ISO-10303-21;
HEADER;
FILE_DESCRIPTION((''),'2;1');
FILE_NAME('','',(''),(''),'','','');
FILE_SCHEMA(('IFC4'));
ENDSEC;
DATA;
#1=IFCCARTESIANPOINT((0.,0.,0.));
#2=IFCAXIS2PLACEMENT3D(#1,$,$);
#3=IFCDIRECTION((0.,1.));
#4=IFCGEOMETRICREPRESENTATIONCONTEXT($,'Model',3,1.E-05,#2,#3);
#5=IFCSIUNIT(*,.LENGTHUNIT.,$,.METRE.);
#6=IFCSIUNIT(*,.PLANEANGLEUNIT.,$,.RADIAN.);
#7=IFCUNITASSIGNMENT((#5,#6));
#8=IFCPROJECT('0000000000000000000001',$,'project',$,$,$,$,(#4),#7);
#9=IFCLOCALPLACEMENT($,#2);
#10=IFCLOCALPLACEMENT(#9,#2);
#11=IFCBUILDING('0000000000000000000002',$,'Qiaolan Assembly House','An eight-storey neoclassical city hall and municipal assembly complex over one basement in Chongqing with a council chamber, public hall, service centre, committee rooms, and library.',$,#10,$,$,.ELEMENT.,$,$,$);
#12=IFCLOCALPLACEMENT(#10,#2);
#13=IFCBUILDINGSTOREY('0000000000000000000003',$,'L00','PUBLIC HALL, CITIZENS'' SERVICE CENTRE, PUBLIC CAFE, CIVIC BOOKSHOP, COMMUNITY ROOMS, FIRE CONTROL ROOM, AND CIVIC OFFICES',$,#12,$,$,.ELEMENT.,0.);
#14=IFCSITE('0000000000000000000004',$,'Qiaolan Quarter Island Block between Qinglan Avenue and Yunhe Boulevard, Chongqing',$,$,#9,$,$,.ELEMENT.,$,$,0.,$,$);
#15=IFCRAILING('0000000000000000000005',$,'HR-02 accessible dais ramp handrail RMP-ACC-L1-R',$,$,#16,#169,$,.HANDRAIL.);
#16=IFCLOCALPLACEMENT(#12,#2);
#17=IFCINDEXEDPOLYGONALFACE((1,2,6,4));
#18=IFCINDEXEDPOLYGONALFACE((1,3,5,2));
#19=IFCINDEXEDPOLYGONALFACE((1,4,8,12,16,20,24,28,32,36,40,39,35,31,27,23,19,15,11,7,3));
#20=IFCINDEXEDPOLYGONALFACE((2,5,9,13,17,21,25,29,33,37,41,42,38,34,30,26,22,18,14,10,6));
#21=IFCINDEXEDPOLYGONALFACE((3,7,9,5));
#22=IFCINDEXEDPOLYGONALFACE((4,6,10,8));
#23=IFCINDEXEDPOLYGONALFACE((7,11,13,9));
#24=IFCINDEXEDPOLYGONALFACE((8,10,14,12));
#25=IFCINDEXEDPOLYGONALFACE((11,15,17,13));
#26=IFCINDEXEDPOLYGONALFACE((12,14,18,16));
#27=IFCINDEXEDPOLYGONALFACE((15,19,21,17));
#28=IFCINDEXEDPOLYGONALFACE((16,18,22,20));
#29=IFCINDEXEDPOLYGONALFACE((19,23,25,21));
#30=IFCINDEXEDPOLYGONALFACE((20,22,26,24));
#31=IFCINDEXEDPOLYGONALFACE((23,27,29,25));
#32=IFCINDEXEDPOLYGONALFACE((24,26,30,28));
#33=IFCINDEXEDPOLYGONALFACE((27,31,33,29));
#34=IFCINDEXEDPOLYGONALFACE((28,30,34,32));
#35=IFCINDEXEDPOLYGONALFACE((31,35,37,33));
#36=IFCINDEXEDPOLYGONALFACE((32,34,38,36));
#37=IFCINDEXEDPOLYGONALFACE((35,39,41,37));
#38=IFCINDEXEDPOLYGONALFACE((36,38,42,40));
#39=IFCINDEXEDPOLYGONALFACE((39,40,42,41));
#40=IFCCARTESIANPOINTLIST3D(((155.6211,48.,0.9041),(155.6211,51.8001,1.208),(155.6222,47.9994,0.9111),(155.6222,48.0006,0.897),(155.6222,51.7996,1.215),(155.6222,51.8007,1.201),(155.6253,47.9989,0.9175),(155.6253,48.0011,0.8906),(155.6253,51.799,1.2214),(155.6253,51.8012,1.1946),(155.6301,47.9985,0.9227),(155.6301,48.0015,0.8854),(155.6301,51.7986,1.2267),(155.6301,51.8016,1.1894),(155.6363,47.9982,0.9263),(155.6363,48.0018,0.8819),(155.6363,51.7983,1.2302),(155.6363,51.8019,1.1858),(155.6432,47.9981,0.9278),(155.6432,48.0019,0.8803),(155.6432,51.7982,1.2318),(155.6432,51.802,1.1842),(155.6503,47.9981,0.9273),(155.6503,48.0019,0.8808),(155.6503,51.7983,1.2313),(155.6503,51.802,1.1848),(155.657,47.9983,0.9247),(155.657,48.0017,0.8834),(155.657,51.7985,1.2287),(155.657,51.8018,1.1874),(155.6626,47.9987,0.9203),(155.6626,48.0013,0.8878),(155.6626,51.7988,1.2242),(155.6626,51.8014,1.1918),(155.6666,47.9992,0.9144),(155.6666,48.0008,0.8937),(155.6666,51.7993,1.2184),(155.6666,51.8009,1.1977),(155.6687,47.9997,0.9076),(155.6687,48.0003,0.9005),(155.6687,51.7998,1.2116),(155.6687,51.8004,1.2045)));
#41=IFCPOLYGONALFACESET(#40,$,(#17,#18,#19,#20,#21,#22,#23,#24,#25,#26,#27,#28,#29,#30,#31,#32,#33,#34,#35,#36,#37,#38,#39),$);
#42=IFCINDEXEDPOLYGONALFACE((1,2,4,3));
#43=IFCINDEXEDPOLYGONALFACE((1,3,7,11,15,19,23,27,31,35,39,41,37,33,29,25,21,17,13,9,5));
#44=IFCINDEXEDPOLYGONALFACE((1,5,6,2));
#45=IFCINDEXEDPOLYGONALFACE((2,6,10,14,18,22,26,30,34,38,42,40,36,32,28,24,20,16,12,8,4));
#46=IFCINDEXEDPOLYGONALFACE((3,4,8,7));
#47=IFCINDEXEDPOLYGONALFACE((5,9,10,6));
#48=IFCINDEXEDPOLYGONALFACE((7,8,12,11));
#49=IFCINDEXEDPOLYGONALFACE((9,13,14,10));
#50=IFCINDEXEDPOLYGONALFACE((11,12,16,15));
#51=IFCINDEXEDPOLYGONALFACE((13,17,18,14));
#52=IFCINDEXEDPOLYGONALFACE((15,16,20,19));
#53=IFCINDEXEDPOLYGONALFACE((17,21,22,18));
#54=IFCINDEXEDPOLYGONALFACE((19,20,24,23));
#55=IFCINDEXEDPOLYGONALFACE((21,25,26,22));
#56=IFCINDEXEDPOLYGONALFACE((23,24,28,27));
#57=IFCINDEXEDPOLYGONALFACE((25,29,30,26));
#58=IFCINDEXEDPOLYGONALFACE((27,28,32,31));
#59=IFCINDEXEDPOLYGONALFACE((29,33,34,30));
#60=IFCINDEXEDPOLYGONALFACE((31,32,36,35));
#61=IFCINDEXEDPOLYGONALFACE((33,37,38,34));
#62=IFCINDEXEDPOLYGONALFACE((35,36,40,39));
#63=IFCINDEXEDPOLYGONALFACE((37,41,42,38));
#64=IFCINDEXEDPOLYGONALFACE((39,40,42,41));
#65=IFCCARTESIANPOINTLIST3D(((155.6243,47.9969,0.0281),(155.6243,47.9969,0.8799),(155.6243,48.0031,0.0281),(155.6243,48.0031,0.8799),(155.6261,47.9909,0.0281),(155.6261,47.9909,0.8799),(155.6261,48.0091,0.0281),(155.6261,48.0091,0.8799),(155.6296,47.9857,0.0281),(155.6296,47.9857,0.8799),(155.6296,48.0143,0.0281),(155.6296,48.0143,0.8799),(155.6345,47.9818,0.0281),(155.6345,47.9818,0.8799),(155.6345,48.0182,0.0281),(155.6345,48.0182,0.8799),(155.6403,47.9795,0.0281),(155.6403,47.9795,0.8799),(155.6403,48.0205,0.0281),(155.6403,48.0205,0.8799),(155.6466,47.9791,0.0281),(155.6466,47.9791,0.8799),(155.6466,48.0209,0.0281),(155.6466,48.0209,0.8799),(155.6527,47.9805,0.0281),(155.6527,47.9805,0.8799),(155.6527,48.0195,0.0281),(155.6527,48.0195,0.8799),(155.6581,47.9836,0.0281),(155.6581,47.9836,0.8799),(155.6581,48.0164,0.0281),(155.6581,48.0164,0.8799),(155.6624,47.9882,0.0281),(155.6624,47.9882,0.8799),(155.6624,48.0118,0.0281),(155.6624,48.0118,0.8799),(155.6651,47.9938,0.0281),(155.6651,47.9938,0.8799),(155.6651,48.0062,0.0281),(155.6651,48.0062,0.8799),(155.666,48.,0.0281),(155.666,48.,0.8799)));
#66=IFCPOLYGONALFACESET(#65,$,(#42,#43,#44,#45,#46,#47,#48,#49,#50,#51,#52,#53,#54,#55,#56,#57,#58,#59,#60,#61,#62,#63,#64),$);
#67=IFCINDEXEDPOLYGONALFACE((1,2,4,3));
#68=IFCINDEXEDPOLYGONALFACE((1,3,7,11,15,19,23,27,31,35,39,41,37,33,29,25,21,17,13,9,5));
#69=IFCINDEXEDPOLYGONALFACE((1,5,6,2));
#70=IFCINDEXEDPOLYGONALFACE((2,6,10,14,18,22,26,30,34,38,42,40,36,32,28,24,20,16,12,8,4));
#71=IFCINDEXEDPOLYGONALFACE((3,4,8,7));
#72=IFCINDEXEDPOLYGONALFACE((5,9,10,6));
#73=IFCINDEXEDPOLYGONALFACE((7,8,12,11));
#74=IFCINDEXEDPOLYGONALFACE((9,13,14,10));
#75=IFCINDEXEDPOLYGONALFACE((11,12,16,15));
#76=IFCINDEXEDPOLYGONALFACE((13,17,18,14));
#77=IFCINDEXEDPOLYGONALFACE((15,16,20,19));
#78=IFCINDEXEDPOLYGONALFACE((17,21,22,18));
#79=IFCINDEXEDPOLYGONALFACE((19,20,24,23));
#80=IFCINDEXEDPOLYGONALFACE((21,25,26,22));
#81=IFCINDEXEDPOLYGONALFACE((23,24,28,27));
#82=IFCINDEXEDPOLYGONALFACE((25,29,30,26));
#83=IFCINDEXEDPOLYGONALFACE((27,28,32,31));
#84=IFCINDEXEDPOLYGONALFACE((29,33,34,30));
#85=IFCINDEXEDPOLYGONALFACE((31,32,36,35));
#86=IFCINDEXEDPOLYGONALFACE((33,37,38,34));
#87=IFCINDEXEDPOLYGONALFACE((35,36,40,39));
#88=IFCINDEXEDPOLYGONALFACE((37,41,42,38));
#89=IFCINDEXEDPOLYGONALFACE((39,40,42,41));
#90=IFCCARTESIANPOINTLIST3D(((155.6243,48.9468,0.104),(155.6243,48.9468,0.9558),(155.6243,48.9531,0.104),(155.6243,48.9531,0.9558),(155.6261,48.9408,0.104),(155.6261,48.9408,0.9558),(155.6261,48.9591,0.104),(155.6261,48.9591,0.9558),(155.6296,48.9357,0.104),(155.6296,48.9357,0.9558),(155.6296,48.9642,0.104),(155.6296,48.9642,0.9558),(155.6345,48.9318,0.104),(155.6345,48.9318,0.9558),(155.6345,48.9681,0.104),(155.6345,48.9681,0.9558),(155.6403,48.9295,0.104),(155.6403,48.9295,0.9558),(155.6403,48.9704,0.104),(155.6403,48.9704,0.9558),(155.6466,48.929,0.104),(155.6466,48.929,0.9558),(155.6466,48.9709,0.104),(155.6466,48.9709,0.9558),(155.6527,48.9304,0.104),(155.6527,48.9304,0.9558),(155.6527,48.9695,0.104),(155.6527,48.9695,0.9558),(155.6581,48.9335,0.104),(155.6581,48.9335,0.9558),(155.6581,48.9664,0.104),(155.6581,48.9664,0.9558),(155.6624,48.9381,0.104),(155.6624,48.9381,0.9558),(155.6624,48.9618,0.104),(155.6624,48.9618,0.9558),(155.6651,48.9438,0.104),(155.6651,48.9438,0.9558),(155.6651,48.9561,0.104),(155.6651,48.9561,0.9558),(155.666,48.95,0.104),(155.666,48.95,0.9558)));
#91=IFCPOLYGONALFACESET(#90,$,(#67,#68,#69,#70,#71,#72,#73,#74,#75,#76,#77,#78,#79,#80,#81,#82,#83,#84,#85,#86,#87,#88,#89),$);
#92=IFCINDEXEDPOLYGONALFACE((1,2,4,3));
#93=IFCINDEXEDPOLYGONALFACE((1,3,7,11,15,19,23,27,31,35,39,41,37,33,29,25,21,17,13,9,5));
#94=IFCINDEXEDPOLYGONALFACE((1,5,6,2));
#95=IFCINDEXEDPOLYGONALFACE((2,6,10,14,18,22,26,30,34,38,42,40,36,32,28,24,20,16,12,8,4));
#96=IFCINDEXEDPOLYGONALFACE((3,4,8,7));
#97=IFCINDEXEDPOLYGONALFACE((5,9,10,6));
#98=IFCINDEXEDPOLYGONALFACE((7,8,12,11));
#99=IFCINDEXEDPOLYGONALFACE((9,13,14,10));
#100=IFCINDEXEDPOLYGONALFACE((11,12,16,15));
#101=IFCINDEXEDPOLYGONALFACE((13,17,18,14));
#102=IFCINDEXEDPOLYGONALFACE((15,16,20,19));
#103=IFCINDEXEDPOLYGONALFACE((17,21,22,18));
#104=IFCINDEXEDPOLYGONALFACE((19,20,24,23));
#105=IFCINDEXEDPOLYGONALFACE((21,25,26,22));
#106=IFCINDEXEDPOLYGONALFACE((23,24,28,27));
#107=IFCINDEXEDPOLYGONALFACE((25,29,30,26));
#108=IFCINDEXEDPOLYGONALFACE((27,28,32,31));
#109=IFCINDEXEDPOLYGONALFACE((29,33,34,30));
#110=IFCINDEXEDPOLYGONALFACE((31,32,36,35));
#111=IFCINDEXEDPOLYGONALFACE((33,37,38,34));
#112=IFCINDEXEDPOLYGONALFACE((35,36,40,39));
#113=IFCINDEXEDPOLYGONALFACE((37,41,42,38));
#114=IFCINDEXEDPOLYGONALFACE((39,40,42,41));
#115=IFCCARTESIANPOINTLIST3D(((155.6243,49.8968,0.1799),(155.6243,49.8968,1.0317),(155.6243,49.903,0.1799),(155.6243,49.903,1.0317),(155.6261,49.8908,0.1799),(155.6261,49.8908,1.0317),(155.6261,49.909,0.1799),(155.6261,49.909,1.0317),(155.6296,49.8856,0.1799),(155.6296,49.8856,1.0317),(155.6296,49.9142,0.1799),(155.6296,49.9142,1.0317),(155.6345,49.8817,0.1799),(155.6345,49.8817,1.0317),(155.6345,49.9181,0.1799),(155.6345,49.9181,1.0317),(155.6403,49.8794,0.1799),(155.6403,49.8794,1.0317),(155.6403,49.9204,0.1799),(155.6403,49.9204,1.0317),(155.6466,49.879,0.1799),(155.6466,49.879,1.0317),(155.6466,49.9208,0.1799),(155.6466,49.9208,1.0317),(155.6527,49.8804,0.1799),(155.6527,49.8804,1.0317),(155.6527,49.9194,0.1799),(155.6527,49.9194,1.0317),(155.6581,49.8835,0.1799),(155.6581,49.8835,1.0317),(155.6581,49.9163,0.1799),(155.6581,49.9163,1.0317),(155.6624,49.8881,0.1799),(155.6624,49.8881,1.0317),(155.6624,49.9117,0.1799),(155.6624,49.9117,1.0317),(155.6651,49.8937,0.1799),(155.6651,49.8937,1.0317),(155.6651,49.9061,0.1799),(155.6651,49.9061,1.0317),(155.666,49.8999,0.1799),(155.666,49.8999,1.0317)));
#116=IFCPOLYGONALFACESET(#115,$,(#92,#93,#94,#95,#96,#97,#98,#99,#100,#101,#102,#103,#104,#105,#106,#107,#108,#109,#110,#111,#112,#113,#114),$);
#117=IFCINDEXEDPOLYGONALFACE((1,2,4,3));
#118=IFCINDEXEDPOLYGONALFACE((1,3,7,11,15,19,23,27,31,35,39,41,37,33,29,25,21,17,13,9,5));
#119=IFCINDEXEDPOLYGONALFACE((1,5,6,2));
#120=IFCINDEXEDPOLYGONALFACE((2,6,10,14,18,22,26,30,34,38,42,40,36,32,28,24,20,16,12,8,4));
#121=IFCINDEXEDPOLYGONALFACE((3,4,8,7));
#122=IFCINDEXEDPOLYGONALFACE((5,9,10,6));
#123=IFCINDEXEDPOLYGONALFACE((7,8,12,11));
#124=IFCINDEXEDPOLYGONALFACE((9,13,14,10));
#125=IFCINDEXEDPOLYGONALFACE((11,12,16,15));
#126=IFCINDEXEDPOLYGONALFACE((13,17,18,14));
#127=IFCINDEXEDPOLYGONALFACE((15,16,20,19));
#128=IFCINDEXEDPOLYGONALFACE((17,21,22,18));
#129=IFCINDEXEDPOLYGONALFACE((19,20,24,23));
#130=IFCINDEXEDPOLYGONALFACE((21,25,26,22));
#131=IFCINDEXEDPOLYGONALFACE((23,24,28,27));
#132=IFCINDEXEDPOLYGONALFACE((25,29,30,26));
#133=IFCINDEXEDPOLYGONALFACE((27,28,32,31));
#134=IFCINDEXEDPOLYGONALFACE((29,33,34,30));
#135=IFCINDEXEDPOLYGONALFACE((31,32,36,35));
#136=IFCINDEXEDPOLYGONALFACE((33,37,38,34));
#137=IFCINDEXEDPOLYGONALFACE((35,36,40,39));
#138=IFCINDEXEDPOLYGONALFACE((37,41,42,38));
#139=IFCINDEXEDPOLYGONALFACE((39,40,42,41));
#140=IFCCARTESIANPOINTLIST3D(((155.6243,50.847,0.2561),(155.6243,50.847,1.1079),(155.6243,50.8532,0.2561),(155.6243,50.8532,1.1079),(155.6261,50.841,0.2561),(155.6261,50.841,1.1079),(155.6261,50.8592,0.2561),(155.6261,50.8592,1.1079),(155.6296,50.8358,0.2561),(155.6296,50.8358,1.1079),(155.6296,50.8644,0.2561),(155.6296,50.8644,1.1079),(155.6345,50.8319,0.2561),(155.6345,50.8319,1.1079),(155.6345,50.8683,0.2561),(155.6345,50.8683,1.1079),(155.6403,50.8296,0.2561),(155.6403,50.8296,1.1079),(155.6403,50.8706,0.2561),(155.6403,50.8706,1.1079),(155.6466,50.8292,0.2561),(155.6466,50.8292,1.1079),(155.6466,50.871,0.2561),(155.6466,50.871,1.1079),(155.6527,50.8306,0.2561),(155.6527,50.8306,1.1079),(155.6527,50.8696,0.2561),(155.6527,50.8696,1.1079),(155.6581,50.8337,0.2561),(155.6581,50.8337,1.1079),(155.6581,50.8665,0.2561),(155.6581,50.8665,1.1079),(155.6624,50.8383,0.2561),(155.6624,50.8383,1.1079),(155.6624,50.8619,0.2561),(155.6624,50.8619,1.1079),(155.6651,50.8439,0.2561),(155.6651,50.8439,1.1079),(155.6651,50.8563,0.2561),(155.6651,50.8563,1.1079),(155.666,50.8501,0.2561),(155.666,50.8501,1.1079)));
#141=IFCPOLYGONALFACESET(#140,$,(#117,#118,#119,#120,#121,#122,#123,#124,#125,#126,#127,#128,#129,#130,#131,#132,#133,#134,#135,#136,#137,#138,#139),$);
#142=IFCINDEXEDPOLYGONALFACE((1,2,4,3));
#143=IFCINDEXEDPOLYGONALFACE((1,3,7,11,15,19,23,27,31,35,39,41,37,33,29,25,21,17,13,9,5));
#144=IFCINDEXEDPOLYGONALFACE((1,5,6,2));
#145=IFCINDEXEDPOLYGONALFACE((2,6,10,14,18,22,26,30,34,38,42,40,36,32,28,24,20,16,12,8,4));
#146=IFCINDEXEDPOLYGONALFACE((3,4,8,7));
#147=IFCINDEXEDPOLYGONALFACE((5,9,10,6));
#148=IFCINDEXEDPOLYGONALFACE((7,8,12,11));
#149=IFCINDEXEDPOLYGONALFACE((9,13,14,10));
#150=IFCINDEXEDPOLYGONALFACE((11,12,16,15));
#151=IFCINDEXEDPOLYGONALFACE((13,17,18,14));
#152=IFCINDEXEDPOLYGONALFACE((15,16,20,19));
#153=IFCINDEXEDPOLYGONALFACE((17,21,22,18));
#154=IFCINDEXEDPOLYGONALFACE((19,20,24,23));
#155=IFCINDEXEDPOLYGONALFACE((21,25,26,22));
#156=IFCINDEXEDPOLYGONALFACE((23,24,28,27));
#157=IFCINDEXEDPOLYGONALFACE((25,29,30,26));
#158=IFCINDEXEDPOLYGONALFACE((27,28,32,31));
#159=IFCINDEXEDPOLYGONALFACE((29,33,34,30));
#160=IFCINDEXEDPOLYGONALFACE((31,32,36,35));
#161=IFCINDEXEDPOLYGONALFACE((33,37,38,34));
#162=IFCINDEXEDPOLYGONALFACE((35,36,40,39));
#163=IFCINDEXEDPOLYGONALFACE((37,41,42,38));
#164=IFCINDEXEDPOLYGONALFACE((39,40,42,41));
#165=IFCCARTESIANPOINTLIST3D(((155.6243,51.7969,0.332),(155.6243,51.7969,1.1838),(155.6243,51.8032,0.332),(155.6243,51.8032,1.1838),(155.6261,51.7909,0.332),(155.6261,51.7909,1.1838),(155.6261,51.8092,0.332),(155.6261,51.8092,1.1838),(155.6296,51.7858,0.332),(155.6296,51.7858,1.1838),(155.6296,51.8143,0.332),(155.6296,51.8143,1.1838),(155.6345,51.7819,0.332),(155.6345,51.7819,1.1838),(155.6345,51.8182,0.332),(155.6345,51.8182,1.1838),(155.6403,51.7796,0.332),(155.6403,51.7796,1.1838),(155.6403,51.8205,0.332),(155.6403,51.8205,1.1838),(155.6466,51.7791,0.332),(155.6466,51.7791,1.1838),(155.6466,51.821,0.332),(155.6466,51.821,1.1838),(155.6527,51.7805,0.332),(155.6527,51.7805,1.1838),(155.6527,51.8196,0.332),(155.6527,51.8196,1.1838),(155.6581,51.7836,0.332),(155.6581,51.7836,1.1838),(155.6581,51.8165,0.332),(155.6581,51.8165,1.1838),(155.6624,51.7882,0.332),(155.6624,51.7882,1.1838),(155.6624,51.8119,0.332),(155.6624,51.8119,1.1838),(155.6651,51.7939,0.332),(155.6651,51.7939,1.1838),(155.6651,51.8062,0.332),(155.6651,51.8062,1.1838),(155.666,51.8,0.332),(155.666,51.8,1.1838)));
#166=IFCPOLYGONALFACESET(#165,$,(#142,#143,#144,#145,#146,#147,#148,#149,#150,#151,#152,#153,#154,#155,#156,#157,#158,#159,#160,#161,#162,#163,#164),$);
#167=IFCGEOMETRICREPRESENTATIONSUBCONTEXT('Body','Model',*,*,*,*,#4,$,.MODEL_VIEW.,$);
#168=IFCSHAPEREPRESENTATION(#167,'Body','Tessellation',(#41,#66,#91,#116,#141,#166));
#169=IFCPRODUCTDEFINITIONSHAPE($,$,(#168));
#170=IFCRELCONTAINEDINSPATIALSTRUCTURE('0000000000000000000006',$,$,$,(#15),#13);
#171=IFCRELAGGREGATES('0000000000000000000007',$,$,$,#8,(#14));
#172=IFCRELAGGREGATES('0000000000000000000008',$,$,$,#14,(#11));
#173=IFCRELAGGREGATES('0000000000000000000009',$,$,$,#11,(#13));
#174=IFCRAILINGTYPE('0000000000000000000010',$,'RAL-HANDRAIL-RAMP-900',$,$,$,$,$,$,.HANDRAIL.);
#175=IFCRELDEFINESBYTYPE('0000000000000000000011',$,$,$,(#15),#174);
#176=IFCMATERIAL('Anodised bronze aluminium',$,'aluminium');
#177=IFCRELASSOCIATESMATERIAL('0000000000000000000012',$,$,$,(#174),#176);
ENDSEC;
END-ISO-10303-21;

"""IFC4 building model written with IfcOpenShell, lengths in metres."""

from ifc_helpers import new_model, si_unit, direction, frame, origin, origin_2d, place, context, subcontext, project, spatial, circle, extrude, material, type_object, element, save


model = new_model("IFC4")

# Units and contexts
model_context = context("Model", 3, precision=1e-05, world=origin(), true_north=direction((0.0, 1.0)))
body_context = subcontext(model_context, "Body", "Model", "MODEL_VIEW")
ifc_project = project(units=[si_unit("LENGTHUNIT", "METRE"), si_unit("PLANEANGLEUNIT", "RADIAN")], contexts=[model_context])

# Site, building, storey
site_placement = place(None, origin())
site = spatial("IfcSite", under=ifc_project, at=site_placement, Name="Qiaolan Quarter Island Block between Qinglan Avenue and Yunhe Boulevard, Chongqing", CompositionType="ELEMENT", RefElevation=0.0)
building_placement = place(site_placement, origin())
building = spatial("IfcBuilding", under=site, at=building_placement, Name="Qiaolan Assembly House", Description="An eight-storey neoclassical city hall and municipal assembly complex over one basement in Chongqing with a council chamber, public hall, service centre, committee rooms, and library.", CompositionType="ELEMENT")
storey_placement = place(building_placement, origin())
storey = spatial("IfcBuildingStorey", under=building, at=storey_placement, Name="L00", Description="PUBLIC HALL, CITIZENS' SERVICE CENTRE, PUBLIC CAFE, CIVIC BOOKSHOP, COMMUNITY ROOMS, FIRE CONTROL ROOM, AND CIVIC OFFICES", CompositionType="ELEMENT", Elevation=0.0)

# Railing
ifc_material_1 = material(Name="Anodised bronze aluminium", Category="aluminium")
railing_type = type_object("IfcRailingType", Name="RAL-HANDRAIL-RAMP-900", PredefinedType="HANDRAIL", material=ifc_material_1)
for number, where, name in (
    (1, (155.645, 48.0, 0.0281), "HR-02 accessible dais ramp handrail RMP-ACC-L1-R"),
):
    element("IfcRailing", number, at=place(storey_placement, frame(where)), inside=storey, type_object=railing_type, Name=name, PredefinedType="HANDRAIL", context=body_context, shape_type="SweptSolid", body=[
        extrude(circle(Radius=0.0239, at=origin_2d()), frame((0.0, 0.0, 0.876), z_axis=(0.0, 0.996816, 0.079732), x_axis=(-1.0, 0.0, 0.0)), (0.0, 0.0, 1.0), 3.8123),
        extrude(circle(Radius=0.021, at=origin_2d()), origin(), (0.0, 0.0, 1.0), 0.8518),
        extrude(circle(Radius=0.021, at=origin_2d()), frame((0.0, 0.95, 0.0759)), (0.0, 0.0, 1.0), 0.8518),
        extrude(circle(Radius=0.021, at=origin_2d()), frame((0.0, 1.8999, 0.1519)), (0.0, 0.0, 1.0), 0.8518),
        extrude(circle(Radius=0.021, at=origin_2d()), frame((0.0, 2.8501, 0.228)), (0.0, 0.0, 1.0), 0.8518),
        extrude(circle(Radius=0.021, at=origin_2d()), frame((0.0, 3.8, 0.304)), (0.0, 0.0, 1.0), 0.8518),
    ])

save(model, "model.ifc")
